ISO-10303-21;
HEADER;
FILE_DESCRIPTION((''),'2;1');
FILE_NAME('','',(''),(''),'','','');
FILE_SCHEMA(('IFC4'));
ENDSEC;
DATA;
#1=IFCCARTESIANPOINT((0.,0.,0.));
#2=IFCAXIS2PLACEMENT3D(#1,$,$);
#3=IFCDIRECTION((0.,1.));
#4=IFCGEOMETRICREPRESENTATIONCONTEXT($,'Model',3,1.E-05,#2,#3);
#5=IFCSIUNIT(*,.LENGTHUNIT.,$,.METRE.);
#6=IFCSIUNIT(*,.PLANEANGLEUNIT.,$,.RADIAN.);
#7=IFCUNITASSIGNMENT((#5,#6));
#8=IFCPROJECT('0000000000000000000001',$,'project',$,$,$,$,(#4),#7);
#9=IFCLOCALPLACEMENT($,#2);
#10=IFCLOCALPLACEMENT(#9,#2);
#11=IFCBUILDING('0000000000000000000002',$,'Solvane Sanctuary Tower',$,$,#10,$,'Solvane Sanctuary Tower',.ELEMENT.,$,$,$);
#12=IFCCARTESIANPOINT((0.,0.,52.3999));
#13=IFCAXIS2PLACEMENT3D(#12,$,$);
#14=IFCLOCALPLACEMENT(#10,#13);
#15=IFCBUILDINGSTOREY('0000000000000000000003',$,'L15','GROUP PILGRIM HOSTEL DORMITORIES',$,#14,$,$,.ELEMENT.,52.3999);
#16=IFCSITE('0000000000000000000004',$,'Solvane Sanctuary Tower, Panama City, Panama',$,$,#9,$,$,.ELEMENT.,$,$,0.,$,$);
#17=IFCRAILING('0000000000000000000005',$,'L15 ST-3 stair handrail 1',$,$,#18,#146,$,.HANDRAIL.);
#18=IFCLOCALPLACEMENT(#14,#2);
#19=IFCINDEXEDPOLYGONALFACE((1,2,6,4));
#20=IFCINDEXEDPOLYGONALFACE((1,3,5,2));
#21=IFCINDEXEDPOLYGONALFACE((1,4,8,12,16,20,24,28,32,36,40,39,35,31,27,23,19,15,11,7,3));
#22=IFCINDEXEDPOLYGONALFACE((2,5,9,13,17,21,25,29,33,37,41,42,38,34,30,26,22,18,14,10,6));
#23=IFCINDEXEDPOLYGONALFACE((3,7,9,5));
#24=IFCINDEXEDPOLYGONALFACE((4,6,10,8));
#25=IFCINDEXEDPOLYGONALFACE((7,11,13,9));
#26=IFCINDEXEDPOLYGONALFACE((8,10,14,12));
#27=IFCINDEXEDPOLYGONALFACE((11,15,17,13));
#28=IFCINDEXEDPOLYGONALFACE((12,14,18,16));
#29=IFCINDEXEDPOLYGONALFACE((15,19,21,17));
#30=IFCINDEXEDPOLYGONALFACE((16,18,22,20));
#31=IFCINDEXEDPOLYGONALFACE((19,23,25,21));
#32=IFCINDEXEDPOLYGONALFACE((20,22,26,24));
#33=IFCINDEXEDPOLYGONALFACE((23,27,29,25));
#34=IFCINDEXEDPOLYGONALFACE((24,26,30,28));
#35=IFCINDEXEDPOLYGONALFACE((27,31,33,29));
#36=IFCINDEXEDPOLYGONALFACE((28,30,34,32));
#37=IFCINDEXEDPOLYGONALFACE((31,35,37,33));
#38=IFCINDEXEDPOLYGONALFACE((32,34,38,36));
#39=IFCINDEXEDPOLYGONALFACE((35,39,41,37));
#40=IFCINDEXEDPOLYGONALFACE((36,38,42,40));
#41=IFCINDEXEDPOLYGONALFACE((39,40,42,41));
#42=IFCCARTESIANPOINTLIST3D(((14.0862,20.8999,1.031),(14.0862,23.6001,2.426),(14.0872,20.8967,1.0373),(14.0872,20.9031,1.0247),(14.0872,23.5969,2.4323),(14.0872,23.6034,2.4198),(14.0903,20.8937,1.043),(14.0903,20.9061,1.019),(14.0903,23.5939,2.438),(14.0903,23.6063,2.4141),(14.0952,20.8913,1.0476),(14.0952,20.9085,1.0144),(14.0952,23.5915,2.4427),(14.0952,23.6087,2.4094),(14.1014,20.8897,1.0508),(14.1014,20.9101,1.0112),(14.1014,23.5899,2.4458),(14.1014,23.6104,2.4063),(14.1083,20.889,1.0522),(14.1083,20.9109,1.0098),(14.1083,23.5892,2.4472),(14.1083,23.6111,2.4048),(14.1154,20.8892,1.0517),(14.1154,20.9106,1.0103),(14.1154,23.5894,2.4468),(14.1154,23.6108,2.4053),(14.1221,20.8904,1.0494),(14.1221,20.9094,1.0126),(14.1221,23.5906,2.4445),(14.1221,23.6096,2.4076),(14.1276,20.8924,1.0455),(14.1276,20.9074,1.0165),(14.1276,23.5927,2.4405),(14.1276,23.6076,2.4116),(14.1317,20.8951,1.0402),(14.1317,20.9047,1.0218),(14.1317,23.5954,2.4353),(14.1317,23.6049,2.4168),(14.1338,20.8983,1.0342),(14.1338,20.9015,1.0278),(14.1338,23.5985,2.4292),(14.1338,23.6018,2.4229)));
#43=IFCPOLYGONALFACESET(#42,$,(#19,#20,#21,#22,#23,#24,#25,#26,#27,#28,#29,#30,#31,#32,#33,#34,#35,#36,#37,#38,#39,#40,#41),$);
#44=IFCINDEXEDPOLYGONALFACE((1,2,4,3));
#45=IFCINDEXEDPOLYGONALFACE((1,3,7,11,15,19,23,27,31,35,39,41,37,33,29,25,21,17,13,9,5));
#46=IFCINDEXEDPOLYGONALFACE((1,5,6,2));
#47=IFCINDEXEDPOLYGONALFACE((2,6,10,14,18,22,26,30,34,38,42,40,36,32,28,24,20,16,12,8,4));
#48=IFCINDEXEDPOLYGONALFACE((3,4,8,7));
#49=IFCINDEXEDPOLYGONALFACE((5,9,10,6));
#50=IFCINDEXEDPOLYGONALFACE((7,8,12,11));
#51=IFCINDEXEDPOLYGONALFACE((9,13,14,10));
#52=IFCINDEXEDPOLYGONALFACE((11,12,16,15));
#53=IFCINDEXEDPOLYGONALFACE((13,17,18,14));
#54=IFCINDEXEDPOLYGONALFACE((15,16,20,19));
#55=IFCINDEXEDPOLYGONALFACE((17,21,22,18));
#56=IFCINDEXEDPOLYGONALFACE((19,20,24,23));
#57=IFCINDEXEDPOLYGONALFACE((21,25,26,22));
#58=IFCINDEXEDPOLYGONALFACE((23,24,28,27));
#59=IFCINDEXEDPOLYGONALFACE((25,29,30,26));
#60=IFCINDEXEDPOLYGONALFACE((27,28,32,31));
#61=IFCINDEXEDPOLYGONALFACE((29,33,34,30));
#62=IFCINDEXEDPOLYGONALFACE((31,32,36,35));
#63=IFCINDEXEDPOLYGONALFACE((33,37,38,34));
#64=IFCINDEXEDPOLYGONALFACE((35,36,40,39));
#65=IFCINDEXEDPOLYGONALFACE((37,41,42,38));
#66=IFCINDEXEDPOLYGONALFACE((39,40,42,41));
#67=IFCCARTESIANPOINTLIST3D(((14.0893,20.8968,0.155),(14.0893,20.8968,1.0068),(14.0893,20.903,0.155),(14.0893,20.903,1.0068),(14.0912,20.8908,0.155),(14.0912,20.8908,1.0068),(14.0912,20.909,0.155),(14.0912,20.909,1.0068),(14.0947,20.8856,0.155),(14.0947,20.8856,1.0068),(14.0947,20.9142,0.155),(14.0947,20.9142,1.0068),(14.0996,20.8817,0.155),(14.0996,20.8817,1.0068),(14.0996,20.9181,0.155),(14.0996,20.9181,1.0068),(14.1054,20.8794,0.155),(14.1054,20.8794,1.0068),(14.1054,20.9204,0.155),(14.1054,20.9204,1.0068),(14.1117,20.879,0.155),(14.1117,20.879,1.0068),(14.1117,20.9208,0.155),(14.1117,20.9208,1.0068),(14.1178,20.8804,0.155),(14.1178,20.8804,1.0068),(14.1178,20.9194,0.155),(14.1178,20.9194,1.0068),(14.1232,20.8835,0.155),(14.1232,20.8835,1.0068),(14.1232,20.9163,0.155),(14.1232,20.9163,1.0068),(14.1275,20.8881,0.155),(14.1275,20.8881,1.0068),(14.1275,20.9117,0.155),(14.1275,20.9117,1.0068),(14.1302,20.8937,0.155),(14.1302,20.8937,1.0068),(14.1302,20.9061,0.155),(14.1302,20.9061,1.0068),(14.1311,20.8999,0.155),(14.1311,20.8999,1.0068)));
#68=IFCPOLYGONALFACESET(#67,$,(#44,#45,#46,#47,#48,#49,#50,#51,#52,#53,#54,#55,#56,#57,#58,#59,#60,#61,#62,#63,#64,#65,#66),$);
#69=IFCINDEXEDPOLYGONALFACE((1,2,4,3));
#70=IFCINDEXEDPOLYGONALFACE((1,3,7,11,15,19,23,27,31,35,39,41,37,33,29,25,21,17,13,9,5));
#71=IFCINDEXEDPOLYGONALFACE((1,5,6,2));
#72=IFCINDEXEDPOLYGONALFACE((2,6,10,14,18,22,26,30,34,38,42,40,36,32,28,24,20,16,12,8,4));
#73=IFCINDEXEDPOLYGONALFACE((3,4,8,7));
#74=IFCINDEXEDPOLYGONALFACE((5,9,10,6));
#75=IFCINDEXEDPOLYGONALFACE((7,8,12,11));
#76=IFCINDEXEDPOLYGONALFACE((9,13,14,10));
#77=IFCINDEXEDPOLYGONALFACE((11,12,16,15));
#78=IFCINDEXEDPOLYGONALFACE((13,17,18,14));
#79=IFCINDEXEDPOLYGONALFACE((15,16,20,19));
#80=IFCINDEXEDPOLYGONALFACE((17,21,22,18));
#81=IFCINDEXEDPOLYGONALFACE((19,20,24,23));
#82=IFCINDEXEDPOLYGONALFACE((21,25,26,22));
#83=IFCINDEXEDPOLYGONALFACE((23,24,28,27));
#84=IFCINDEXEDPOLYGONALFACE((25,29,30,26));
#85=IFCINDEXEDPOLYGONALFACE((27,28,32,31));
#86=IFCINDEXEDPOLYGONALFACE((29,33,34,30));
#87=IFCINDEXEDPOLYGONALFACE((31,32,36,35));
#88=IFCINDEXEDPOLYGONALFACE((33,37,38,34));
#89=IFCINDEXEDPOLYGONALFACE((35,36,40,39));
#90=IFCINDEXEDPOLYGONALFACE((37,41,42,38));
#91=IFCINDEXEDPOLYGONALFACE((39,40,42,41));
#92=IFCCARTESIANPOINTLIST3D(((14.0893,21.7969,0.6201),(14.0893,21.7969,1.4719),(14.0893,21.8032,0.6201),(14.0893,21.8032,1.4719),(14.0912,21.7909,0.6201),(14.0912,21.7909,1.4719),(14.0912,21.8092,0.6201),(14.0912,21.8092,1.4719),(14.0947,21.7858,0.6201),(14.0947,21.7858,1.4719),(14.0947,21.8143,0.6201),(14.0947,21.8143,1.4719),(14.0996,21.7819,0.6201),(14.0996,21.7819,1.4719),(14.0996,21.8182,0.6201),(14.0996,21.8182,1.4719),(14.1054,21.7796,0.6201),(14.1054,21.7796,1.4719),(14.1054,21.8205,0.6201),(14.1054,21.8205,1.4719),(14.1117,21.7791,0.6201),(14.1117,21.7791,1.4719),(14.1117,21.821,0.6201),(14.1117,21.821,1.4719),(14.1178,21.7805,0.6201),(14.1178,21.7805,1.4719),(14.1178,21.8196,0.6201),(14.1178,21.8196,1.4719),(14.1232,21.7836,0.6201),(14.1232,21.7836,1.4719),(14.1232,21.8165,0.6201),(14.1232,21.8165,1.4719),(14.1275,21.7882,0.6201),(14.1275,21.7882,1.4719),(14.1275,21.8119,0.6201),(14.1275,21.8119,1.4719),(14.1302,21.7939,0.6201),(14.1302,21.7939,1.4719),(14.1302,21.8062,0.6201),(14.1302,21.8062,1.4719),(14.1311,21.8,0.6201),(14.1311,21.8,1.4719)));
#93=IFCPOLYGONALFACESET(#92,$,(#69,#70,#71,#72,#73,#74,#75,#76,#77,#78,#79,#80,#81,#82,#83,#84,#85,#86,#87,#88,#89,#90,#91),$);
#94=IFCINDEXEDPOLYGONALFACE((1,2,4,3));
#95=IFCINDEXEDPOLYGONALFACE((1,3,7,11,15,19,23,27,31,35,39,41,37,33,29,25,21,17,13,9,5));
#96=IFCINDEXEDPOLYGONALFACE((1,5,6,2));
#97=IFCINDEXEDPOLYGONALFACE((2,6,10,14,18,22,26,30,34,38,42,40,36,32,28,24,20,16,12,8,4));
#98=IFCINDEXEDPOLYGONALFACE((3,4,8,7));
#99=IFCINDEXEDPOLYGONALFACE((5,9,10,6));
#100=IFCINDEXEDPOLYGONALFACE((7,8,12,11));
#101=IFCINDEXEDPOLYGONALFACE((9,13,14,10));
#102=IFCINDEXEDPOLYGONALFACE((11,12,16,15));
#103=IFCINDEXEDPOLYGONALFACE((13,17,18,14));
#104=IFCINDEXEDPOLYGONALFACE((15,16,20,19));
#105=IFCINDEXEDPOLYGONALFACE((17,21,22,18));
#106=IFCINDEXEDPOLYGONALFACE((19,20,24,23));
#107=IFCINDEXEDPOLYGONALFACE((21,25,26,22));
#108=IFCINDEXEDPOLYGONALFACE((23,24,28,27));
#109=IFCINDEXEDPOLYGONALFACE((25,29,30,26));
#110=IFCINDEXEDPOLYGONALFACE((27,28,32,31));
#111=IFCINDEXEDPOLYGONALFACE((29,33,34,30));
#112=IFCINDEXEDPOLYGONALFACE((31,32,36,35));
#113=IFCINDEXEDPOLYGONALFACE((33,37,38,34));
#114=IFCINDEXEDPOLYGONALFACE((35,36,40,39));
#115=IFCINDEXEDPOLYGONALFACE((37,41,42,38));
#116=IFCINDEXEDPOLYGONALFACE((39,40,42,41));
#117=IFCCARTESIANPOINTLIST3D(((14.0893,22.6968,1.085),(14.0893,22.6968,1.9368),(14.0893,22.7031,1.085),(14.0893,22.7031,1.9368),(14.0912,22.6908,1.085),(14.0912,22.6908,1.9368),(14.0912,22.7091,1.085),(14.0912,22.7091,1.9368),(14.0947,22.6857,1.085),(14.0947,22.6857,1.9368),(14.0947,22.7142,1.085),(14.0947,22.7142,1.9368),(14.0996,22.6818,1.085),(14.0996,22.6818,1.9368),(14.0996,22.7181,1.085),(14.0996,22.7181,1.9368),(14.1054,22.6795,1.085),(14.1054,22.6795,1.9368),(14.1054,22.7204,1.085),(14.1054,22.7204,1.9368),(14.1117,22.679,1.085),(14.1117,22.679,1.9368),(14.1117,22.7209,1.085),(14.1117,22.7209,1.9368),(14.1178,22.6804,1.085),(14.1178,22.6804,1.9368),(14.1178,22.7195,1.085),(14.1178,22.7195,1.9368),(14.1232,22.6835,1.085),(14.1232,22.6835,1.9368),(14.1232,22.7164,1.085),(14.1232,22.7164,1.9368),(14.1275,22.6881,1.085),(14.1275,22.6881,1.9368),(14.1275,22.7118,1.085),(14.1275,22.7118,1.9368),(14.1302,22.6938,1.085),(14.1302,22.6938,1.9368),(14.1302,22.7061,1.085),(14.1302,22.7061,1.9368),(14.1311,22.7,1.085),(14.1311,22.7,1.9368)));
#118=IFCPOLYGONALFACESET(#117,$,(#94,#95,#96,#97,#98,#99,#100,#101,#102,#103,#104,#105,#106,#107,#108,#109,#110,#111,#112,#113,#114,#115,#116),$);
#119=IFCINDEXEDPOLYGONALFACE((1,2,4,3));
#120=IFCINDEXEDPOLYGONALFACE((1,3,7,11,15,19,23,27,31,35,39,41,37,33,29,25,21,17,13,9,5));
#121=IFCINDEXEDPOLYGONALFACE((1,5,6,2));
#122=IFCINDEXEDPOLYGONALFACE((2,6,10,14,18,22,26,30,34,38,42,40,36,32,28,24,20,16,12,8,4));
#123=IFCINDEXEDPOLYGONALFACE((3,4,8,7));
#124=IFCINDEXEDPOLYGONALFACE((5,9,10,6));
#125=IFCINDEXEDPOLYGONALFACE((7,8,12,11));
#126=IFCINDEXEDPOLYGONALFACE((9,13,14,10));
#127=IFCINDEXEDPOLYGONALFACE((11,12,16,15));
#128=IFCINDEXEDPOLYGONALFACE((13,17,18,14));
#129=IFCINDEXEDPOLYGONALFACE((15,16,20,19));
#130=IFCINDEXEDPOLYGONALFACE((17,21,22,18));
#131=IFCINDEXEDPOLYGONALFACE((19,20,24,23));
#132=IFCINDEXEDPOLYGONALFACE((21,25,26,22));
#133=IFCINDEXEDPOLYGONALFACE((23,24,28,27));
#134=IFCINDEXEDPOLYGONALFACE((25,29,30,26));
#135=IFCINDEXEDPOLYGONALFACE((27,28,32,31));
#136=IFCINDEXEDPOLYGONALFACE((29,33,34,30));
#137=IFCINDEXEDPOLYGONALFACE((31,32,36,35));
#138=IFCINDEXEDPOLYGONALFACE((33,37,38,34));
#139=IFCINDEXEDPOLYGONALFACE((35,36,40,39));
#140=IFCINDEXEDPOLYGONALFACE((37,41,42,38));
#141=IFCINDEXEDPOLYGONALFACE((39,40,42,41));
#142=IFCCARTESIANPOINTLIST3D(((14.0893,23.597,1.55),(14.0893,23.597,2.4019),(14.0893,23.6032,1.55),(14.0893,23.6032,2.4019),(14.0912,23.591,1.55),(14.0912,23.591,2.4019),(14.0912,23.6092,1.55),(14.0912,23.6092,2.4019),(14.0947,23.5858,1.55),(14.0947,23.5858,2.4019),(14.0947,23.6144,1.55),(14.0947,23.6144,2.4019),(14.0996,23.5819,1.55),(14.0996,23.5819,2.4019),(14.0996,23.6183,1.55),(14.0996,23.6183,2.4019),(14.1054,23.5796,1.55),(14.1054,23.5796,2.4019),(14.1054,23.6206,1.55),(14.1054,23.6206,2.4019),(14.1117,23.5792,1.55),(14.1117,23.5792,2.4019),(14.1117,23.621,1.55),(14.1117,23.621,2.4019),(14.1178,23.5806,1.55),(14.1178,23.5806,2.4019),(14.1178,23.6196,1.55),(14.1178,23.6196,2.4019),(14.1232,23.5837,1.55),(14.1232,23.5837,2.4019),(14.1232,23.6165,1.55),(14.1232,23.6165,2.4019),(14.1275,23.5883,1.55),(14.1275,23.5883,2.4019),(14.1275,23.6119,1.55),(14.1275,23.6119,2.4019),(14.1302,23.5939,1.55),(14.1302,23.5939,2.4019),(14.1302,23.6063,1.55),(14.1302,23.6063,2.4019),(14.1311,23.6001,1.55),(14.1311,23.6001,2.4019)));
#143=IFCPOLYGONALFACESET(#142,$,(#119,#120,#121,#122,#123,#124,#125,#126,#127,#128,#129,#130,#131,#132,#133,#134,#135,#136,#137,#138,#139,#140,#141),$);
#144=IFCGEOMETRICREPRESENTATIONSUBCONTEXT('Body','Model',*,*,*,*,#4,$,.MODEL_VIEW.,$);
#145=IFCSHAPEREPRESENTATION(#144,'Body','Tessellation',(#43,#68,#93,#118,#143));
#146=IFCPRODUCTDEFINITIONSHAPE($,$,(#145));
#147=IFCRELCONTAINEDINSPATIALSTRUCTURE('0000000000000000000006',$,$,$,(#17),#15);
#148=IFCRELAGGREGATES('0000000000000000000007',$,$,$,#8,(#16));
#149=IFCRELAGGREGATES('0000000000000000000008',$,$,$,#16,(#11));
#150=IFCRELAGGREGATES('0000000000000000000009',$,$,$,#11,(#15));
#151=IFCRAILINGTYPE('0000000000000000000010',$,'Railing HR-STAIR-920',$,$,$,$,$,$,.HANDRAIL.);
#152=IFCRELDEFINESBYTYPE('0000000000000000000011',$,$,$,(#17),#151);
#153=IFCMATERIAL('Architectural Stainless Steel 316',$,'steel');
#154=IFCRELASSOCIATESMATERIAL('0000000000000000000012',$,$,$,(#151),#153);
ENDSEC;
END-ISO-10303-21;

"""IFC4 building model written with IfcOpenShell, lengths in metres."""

from ifc_helpers import new_model, si_unit, direction, frame, origin, origin_2d, place, context, subcontext, project, spatial, circle, extrude, material, type_object, element, save


model = new_model("IFC4")

# Units and contexts
model_context = context("Model", 3, precision=1e-05, world=origin(), true_north=direction((0.0, 1.0)))
body_context = subcontext(model_context, "Body", "Model", "MODEL_VIEW")
ifc_project = project(units=[si_unit("LENGTHUNIT", "METRE"), si_unit("PLANEANGLEUNIT", "RADIAN")], contexts=[model_context])

# Site, building, storey
site_placement = place(None, origin())
site = spatial("IfcSite", under=ifc_project, at=site_placement, Name="Solvane Sanctuary Tower, Panama City, Panama", CompositionType="ELEMENT", RefElevation=0.0)
building_placement = place(site_placement, origin())
building = spatial("IfcBuilding", under=site, at=building_placement, Name="Solvane Sanctuary Tower", LongName="Solvane Sanctuary Tower", CompositionType="ELEMENT")
storey_placement = place(building_placement, frame((0.0, 0.0, 52.3999)))
storey = spatial("IfcBuildingStorey", under=building, at=storey_placement, Name="L15", Description="GROUP PILGRIM HOSTEL DORMITORIES", CompositionType="ELEMENT", Elevation=52.3999)

# Shared definitions
ifc_material_1 = material(Name="Architectural Stainless Steel 316", Category="steel")

# Railing
railing_type_1 = type_object("IfcRailingType", Name="Railing HR-STAIR-920", PredefinedType="HANDRAIL", material=ifc_material_1)
railing_1_placement = place(storey_placement, frame((14.1101, 20.8999, 0.155)))
element("IfcRailing", 1, at=railing_1_placement, inside=storey, type_object=railing_type_1, Name="L15 ST-3 stair handrail 1", PredefinedType="HANDRAIL", context=body_context, shape_type="SweptSolid", body=[
    extrude(circle(Radius=0.0239, at=origin_2d()), frame((0.0, 0.0, 0.876), z_axis=(0.0, 0.888437, 0.458999), x_axis=(-1.0, 0.0, 0.0)), (0.0, 0.0, 1.0), 3.0393),
    extrude(circle(Radius=0.021, at=origin_2d()), origin(), (0.0, 0.0, 1.0), 0.8518),
    extrude(circle(Radius=0.021, at=origin_2d()), frame((0.0, 0.9001, 0.4651)), (0.0, 0.0, 1.0), 0.8518),
    extrude(circle(Radius=0.021, at=origin_2d()), frame((0.0, 1.8, 0.9299)), (0.0, 0.0, 1.0), 0.8518),
    extrude(circle(Radius=0.021, at=origin_2d()), frame((0.0, 2.7002, 1.395)), (0.0, 0.0, 1.0), 0.8518),
])

save(model, "model.ifc")
